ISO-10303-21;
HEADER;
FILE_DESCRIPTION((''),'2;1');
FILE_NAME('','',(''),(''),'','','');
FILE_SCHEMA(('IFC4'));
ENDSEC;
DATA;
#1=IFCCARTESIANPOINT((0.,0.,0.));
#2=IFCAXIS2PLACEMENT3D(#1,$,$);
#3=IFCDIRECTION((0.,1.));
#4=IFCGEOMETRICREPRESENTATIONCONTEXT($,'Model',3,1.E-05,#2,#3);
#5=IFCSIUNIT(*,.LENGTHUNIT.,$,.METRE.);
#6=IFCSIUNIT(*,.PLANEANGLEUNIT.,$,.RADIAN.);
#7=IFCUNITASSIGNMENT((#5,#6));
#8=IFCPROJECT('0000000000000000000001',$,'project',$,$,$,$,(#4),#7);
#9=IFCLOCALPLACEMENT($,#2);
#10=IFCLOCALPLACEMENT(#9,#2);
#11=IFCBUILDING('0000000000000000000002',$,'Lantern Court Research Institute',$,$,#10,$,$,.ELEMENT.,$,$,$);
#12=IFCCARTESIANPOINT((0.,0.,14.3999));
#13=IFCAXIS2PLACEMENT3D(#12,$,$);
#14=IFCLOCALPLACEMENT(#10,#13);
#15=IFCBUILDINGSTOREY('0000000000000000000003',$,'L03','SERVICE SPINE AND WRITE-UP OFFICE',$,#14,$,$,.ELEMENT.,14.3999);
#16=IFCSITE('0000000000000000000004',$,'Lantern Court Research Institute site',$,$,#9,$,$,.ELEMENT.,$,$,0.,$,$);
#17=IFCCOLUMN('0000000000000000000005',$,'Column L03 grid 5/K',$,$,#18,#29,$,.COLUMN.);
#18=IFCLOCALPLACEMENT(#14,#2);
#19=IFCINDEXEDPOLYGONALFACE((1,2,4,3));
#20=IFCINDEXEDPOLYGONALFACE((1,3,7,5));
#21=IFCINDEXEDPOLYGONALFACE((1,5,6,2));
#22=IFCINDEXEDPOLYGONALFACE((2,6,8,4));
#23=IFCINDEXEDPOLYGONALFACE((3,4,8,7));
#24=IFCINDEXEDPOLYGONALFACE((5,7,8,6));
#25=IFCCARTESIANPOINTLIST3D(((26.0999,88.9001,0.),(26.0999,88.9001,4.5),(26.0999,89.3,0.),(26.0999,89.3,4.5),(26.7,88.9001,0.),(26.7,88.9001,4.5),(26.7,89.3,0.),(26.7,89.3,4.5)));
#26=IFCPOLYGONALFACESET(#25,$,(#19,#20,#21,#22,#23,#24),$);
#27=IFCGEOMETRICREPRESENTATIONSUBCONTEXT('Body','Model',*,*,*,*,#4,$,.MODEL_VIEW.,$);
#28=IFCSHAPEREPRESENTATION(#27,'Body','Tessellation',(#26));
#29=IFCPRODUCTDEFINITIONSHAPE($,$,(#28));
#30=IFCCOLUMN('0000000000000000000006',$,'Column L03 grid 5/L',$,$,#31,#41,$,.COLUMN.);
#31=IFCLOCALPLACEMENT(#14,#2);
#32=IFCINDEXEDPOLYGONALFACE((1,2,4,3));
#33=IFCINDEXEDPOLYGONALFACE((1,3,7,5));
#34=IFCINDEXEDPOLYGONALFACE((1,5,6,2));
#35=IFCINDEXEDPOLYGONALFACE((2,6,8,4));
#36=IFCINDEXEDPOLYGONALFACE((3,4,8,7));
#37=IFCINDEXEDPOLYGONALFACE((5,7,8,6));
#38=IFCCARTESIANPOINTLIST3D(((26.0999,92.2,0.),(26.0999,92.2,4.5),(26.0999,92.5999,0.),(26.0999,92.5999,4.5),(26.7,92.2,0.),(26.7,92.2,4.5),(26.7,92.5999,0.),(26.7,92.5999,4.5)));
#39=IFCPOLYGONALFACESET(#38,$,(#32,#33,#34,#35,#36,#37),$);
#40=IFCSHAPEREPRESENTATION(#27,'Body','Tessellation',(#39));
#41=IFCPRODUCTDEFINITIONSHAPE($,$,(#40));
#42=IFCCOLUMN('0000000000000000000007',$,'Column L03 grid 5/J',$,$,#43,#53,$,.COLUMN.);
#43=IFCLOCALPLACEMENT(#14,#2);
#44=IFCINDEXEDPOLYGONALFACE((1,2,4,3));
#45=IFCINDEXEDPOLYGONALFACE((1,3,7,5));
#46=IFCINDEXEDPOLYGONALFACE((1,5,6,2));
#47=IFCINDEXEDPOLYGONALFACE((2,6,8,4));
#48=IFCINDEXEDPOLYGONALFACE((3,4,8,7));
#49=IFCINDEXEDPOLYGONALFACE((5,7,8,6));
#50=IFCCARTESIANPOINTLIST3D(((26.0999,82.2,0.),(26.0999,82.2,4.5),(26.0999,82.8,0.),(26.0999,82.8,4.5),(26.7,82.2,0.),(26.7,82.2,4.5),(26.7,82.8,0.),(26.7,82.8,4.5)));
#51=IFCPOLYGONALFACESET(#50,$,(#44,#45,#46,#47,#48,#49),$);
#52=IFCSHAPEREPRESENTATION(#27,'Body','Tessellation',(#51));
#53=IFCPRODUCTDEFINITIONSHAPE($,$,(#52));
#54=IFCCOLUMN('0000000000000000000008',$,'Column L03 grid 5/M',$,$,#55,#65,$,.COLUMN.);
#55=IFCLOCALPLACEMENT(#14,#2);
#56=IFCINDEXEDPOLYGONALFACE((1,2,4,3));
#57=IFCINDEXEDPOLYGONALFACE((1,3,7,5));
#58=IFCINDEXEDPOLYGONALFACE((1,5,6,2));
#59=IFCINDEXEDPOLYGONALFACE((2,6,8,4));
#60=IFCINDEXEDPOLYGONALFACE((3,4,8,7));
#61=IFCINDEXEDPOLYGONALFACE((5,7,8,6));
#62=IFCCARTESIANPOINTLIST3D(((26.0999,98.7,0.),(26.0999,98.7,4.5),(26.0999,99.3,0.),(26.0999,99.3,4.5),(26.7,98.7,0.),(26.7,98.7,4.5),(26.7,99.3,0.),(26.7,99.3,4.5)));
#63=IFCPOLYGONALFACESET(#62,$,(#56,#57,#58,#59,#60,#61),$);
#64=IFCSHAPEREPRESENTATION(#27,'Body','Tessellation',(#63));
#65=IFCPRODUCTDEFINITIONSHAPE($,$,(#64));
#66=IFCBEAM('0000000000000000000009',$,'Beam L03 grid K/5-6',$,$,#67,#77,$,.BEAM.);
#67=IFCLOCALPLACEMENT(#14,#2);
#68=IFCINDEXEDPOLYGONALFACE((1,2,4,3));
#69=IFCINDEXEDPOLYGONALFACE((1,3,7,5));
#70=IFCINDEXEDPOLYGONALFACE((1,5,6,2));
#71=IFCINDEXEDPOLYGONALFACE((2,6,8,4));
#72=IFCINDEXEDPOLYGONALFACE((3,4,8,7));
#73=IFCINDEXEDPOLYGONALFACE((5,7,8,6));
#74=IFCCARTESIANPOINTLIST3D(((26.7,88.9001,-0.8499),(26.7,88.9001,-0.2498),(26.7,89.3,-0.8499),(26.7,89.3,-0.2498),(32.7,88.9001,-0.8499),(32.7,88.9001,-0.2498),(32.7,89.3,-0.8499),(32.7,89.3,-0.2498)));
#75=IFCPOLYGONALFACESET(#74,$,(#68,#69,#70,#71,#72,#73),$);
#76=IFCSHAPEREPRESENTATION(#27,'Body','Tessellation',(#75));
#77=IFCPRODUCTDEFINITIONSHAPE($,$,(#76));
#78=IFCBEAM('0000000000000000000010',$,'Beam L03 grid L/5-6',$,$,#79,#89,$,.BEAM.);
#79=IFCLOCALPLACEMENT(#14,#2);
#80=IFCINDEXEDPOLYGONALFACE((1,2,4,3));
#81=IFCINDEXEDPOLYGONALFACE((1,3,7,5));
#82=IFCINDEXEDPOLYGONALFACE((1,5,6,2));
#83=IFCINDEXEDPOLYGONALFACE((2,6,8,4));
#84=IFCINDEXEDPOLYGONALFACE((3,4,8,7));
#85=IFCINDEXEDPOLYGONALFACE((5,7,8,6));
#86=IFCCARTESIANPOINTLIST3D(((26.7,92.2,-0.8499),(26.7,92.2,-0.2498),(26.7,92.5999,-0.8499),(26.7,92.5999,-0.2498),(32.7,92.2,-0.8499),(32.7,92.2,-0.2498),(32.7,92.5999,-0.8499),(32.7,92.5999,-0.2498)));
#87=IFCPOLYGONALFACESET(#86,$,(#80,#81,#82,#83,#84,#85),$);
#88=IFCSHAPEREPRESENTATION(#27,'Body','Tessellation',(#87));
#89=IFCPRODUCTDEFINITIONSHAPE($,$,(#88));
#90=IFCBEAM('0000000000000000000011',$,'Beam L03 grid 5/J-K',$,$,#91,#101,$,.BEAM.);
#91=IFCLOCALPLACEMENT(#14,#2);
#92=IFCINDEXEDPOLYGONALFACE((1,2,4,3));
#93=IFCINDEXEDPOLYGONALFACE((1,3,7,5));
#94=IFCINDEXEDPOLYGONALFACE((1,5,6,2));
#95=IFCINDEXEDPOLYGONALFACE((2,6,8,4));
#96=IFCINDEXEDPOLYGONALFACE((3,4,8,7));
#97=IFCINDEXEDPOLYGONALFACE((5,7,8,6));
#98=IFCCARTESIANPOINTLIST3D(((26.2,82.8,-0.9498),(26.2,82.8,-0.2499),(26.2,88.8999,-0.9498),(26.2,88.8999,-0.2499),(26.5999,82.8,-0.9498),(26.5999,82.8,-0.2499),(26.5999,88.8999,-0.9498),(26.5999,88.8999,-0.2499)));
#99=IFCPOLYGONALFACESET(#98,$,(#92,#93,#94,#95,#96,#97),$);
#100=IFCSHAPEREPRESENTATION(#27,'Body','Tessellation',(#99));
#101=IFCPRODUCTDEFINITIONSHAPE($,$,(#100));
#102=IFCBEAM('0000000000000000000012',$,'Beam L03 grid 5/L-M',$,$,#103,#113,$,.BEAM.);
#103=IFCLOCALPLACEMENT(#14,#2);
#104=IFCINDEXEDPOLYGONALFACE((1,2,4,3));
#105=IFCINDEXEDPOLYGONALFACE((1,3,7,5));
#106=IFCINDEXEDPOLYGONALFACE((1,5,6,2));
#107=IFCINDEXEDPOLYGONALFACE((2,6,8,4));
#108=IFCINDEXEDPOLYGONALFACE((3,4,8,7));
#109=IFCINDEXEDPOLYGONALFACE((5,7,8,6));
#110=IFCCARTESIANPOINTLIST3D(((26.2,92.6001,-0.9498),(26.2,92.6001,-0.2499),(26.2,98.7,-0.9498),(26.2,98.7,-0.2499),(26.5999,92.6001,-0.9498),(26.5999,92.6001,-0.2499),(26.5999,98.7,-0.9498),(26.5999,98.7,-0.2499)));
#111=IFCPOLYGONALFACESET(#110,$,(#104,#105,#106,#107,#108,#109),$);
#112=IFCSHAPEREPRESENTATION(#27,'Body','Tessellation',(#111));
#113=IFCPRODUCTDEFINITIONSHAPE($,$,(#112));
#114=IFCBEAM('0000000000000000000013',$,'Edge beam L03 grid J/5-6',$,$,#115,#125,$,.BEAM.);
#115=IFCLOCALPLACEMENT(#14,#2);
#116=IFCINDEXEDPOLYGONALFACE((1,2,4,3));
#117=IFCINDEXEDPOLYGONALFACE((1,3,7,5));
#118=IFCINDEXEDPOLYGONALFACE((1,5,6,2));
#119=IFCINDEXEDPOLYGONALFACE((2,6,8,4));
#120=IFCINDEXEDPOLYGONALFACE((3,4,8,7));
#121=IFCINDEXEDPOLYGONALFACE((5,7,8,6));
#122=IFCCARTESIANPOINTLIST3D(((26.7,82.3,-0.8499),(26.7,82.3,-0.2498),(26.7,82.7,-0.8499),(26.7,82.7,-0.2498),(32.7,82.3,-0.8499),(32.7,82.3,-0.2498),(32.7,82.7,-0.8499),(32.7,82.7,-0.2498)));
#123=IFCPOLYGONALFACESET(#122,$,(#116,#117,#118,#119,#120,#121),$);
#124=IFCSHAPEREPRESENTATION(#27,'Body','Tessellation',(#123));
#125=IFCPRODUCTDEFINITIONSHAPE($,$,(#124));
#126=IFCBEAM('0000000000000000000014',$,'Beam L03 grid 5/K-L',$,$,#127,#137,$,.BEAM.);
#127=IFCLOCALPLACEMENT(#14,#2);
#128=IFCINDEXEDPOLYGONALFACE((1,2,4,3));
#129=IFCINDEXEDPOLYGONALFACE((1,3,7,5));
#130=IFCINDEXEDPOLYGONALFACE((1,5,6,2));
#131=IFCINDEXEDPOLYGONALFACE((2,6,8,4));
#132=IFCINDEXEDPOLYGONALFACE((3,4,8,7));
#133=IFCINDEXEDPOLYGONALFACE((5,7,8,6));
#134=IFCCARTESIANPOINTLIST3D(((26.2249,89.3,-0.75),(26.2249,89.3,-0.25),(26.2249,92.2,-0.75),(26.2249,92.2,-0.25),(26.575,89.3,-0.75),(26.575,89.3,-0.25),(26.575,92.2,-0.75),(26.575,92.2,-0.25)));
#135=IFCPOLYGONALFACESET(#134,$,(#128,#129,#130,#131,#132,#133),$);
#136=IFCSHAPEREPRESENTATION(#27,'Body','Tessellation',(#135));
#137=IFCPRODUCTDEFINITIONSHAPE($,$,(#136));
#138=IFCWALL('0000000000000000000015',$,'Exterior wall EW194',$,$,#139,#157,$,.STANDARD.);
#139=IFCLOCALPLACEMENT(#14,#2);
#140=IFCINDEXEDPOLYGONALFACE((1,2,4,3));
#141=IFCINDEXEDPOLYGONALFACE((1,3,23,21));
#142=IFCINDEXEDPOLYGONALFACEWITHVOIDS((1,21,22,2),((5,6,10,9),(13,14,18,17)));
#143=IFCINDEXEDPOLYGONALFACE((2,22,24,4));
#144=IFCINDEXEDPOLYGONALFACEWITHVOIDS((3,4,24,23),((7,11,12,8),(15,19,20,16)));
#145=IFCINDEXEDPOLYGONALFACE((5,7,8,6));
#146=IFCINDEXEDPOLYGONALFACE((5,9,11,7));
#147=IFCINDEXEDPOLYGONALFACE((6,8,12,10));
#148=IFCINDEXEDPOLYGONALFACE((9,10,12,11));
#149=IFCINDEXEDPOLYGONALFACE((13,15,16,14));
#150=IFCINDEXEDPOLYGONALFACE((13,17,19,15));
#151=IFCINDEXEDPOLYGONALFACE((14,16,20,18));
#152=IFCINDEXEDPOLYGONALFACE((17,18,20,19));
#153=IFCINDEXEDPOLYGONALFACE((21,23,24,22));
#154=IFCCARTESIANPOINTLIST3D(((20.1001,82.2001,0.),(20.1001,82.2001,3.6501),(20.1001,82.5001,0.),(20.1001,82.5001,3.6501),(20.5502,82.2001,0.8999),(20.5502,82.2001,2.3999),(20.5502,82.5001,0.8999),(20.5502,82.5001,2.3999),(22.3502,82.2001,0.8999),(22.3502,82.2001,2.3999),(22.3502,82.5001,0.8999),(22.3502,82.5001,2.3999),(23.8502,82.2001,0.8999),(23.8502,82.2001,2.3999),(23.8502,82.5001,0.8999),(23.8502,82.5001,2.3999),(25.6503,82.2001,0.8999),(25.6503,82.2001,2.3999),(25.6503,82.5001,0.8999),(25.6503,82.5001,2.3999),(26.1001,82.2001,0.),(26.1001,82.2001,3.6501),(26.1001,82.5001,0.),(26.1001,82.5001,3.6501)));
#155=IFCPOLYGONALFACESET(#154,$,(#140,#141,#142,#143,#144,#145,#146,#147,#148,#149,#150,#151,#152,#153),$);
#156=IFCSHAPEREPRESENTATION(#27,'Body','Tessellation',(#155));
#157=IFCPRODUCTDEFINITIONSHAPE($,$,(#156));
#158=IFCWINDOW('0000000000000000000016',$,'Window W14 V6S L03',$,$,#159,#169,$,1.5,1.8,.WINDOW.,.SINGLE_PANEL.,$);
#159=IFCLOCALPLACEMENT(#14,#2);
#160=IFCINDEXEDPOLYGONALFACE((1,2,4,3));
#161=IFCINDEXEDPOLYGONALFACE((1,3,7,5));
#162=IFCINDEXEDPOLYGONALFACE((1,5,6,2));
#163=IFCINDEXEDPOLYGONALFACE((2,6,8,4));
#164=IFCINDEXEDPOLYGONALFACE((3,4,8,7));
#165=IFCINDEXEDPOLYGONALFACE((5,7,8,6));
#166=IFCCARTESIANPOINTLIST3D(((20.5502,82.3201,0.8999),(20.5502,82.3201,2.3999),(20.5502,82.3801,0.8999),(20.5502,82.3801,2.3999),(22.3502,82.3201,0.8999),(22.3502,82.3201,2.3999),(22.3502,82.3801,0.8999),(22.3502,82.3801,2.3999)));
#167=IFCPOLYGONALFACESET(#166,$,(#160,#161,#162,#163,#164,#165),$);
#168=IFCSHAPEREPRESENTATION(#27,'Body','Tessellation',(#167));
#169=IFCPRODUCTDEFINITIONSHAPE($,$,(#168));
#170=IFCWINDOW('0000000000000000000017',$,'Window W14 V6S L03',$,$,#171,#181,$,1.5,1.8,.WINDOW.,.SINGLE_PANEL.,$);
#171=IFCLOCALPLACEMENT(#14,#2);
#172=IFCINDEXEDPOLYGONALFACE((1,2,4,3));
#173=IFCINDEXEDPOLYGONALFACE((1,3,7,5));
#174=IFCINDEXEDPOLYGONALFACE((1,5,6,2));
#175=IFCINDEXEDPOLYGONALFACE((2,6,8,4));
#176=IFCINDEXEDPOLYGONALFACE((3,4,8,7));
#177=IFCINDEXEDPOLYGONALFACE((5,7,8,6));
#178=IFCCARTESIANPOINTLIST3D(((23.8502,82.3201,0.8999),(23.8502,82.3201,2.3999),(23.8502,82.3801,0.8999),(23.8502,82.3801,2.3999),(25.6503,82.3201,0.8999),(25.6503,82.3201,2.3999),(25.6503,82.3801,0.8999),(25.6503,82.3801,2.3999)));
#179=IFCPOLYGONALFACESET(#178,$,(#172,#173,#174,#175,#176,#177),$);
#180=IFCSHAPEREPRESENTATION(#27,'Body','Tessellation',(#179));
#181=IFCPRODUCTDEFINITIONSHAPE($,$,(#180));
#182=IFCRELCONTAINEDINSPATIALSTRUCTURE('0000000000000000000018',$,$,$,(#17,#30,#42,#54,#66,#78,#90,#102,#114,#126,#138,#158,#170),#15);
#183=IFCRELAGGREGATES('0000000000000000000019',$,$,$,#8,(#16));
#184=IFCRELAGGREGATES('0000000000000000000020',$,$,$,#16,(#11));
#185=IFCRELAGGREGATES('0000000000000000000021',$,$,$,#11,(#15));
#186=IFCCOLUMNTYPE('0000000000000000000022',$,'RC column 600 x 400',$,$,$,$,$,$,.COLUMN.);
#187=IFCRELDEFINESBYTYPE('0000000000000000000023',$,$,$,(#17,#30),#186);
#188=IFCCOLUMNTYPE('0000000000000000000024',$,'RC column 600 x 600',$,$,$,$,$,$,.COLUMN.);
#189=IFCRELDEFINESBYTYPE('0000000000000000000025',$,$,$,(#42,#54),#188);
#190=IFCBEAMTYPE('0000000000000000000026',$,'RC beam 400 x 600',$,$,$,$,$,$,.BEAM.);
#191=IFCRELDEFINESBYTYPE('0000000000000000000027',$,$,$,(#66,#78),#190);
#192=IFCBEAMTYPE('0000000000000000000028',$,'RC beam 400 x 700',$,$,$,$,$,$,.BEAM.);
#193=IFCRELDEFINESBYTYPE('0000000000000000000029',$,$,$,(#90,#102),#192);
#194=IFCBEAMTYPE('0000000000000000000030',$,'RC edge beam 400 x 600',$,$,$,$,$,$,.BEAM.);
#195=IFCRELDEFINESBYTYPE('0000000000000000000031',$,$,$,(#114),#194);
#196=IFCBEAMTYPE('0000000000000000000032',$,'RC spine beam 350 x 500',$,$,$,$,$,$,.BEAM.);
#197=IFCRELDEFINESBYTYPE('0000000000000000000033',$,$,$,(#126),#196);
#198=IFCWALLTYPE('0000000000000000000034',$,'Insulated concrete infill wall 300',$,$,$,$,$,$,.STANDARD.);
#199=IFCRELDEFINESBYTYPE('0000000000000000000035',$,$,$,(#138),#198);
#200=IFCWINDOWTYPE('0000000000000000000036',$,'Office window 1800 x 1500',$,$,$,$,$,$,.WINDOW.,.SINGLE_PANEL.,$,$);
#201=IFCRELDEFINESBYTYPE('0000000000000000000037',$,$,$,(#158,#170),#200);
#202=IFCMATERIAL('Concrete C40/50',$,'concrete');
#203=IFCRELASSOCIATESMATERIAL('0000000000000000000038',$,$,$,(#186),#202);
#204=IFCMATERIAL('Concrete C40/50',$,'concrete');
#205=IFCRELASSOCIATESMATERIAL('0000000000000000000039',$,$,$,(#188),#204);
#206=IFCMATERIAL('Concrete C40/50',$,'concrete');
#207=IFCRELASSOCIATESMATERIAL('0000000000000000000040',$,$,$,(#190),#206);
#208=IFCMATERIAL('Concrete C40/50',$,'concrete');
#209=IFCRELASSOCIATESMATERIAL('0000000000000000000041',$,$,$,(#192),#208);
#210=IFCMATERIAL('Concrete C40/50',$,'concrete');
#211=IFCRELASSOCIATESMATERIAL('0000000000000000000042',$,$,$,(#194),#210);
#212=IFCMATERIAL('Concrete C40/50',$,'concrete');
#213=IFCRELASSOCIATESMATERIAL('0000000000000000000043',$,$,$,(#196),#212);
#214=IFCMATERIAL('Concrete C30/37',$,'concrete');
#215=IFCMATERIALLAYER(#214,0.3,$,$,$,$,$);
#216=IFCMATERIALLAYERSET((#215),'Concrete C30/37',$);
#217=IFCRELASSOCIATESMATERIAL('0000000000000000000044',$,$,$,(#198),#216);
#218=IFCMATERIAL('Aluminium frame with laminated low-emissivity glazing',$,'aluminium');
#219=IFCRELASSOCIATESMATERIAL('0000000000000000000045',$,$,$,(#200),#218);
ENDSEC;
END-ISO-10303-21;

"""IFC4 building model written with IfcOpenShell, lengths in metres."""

from ifc_helpers import new_model, si_unit, direction, frame, frame_2d, origin, origin_2d, place, context, subcontext, project, spatial, rectangle, extrude, material, layer, layer_set, material_profile, profile_set, type_object, element, fill, save


model = new_model("IFC4")

# Units and contexts
model_context = context("Model", 3, precision=1e-05, world=origin(), true_north=direction((0.0, 1.0)))
body_context = subcontext(model_context, "Body", "Model", "MODEL_VIEW")
ifc_project = project(units=[si_unit("LENGTHUNIT", "METRE"), si_unit("PLANEANGLEUNIT", "RADIAN")], contexts=[model_context])

# Site, building, storey
site_placement = place(None, origin())
site = spatial("IfcSite", under=ifc_project, at=site_placement, Name="Lantern Court Research Institute site", CompositionType="ELEMENT", RefElevation=0.0)
building_placement = place(site_placement, origin())
building = spatial("IfcBuilding", under=site, at=building_placement, Name="Lantern Court Research Institute", CompositionType="ELEMENT")
storey_placement = place(building_placement, frame((0.0, 0.0, 14.3999)))
storey = spatial("IfcBuildingStorey", under=building, at=storey_placement, Name="L03", Description="SERVICE SPINE AND WRITE-UP OFFICE", CompositionType="ELEMENT", Elevation=14.3999)

# Columns
ifc_material_1 = material(Name="Concrete C40/50", Category="concrete")
ifc_material_profile_1 = material_profile(ifc_material_1, rectangle(XDim=0.6001, YDim=0.3999, at=origin_2d()), Name="RC column 600 x 400")
ifc_profile_set_1 = profile_set([ifc_material_profile_1], Name="Concrete C40/50")
column_type_1 = type_object("IfcColumnType", Name="RC column 600 x 400", PredefinedType="COLUMN", material=ifc_profile_set_1)
for number, where, z_axis, x_axis, name in (
    (1, (26.3999, 89.1001, 0.0), (0.0, 0.0, 1.0), (1.0, 0.0, 0.0), "Column L03 grid 5/K"),
    (2, (26.3999, 92.3999, 0.0), (0.0, 0.0, 1.0), (1.0, 0.0, 0.0), "Column L03 grid 5/L"),
):
    element("IfcColumn", number, at=place(storey_placement, frame(where, z_axis=z_axis, x_axis=x_axis)), inside=storey, type_object=column_type_1, Name=name, PredefinedType="COLUMN", context=body_context, shape_type="SweptSolid", body=[
        extrude(rectangle(XDim=0.6001, YDim=0.3999, at=origin_2d()), origin(), (0.0, 0.0, 1.0), 4.5),
    ])
ifc_material_2 = material(Name="Concrete C40/50", Category="concrete")
ifc_material_profile_2 = material_profile(ifc_material_2, rectangle(XDim=0.6001, YDim=0.6001, at=origin_2d()), Name="RC column 600 x 600")
ifc_profile_set_2 = profile_set([ifc_material_profile_2], Name="Concrete C40/50")
column_type_2 = type_object("IfcColumnType", Name="RC column 600 x 600", PredefinedType="COLUMN", material=ifc_profile_set_2)
for number, where, z_axis, x_axis, name in (
    (3, (26.3999, 82.5, 0.0), (0.0, 0.0, 1.0), (1.0, 0.0, 0.0), "Column L03 grid 5/J"),
    (4, (26.3999, 99.0, 0.0), (0.0, 0.0, 1.0), (1.0, 0.0, 0.0), "Column L03 grid 5/M"),
):
    element("IfcColumn", number, at=place(storey_placement, frame(where, z_axis=z_axis, x_axis=x_axis)), inside=storey, type_object=column_type_2, Name=name, PredefinedType="COLUMN", context=body_context, shape_type="SweptSolid", body=[
        extrude(rectangle(XDim=0.6001, YDim=0.6001, at=origin_2d()), origin(), (0.0, 0.0, 1.0), 4.5),
    ])

# Beams
ifc_material_3 = material(Name="Concrete C40/50", Category="concrete")
ifc_material_profile_3 = material_profile(ifc_material_3, rectangle(XDim=0.3999, YDim=0.6001, at=origin_2d()), Name="RC beam 400 x 600")
ifc_profile_set_3 = profile_set([ifc_material_profile_3], Name="Concrete C40/50")
beam_type_1 = type_object("IfcBeamType", Name="RC beam 400 x 600", PredefinedType="BEAM", material=ifc_profile_set_3)
for number, where, z_axis, x_axis, name in (
    (5, (26.7, 89.1001, -0.5498), (1.0, 0.0, 0.0), (0.0, 1.0, 0.0), "Beam L03 grid K/5-6"),
    (6, (26.7, 92.3999, -0.5498), (1.0, 0.0, 0.0), (0.0, 1.0, 0.0), "Beam L03 grid L/5-6"),
):
    element("IfcBeam", number, at=place(storey_placement, frame(where, z_axis=z_axis, x_axis=x_axis)), inside=storey, type_object=beam_type_1, Name=name, PredefinedType="BEAM", context=body_context, shape_type="SweptSolid", body=[
        extrude(rectangle(XDim=0.3999, YDim=0.6001, at=origin_2d()), origin(), (0.0, 0.0, 1.0), 6.0),
    ])
ifc_material_4 = material(Name="Concrete C40/50", Category="concrete")
ifc_material_profile_4 = material_profile(ifc_material_4, rectangle(XDim=0.3999, YDim=0.7, at=origin_2d()), Name="RC beam 400 x 700")
ifc_profile_set_4 = profile_set([ifc_material_profile_4], Name="Concrete C40/50")
beam_type_2 = type_object("IfcBeamType", Name="RC beam 400 x 700", PredefinedType="BEAM", material=ifc_profile_set_4)
for number, where, z_axis, x_axis, name in (
    (7, (26.3999, 82.8, -0.5999), (0.0, 1.0, 0.0), (-1.0, 0.0, 0.0), "Beam L03 grid 5/J-K"),
    (8, (26.3999, 92.6001, -0.5999), (0.0, 1.0, 0.0), (-1.0, 0.0, 0.0), "Beam L03 grid 5/L-M"),
):
    element("IfcBeam", number, at=place(storey_placement, frame(where, z_axis=z_axis, x_axis=x_axis)), inside=storey, type_object=beam_type_2, Name=name, PredefinedType="BEAM", context=body_context, shape_type="SweptSolid", body=[
        extrude(rectangle(XDim=0.3999, YDim=0.7, at=origin_2d()), origin(), (0.0, 0.0, 1.0), 6.0999),
    ])
ifc_material_5 = material(Name="Concrete C40/50", Category="concrete")
ifc_material_profile_5 = material_profile(ifc_material_5, rectangle(XDim=0.3999, YDim=0.6001, at=origin_2d()), Name="RC beam 400 x 600")
ifc_profile_set_5 = profile_set([ifc_material_profile_5], Name="Concrete C40/50")
beam_type_3 = type_object("IfcBeamType", Name="RC edge beam 400 x 600", PredefinedType="BEAM", material=ifc_profile_set_5)
beam_1_placement = place(storey_placement, frame((26.7, 82.5, -0.5498), z_axis=(1.0, 0.0, 0.0), x_axis=(0.0, 1.0, 0.0)))
element("IfcBeam", 9, at=beam_1_placement, inside=storey, type_object=beam_type_3, Name="Edge beam L03 grid J/5-6", PredefinedType="BEAM", context=body_context, shape_type="SweptSolid", body=[
    extrude(rectangle(XDim=0.3999, YDim=0.6001, at=origin_2d()), origin(), (0.0, 0.0, 1.0), 6.0),
])
ifc_material_6 = material(Name="Concrete C40/50", Category="concrete")
ifc_material_profile_6 = material_profile(ifc_material_6, rectangle(XDim=0.3501, YDim=0.5, at=origin_2d()), Name="RC beam 350 x 500")
ifc_profile_set_6 = profile_set([ifc_material_profile_6], Name="Concrete C40/50")
beam_type_4 = type_object("IfcBeamType", Name="RC spine beam 350 x 500", PredefinedType="BEAM", material=ifc_profile_set_6)
beam_2_placement = place(storey_placement, frame((26.3999, 89.3, -0.5), z_axis=(0.0, 1.0, 0.0), x_axis=(-1.0, 0.0, 0.0)))
element("IfcBeam", 10, at=beam_2_placement, inside=storey, type_object=beam_type_4, Name="Beam L03 grid 5/K-L", PredefinedType="BEAM", context=body_context, shape_type="SweptSolid", body=[
    extrude(rectangle(XDim=0.3501, YDim=0.5, at=origin_2d()), origin(), (0.0, 0.0, 1.0), 2.8999),
])

# Wall, openings, windows
ifc_material_7 = material(Name="Concrete C30/37", Category="concrete")
ifc_layer_1 = layer(ifc_material_7, 0.3)
ifc_layer_set_1 = layer_set([ifc_layer_1], Name="Concrete C30/37")
wall_type_1 = type_object("IfcWallType", Name="Insulated concrete infill wall 300", PredefinedType="STANDARD", material=ifc_layer_set_1)
wall_1_placement = place(storey_placement, frame((26.1001, 82.3501, 0.0), z_axis=(0.0, 0.0, 1.0), x_axis=(-1.0, 0.0, 0.0)))
wall_1 = element("IfcWall", 11, at=wall_1_placement, inside=storey, type_object=wall_type_1, Name="Exterior wall EW194", PredefinedType="STANDARD", context=body_context, shape_type="SweptSolid", body=[
    extrude(rectangle(XDim=6.0, YDim=0.3, at=frame_2d((3.0, 0.0))), origin(), (0.0, 0.0, 1.0), 3.6501),
])
opening_1_placement = place(wall_1_placement, frame((3.75, 0.0, 0.8999)))
opening_1 = element("IfcOpeningElement", 12, at=opening_1_placement, cuts=wall_1, PredefinedType="OPENING", context=body_context, shape_type="SweptSolid", body=[
    extrude(rectangle(XDim=1.8, YDim=1.5, at=frame_2d((0.8999, 0.75))), frame((0.0, 0.1599, 0.0), z_axis=(0.0, -1.0, 0.0), x_axis=(1.0, 0.0, 0.0)), (0.0, 0.0, 1.0), 0.3201),
])
opening_2_placement = place(wall_1_placement, frame((0.45, 0.0, 0.8999)))
opening_2 = element("IfcOpeningElement", 13, at=opening_2_placement, cuts=wall_1, PredefinedType="OPENING", context=body_context, shape_type="SweptSolid", body=[
    extrude(rectangle(XDim=1.8, YDim=1.5, at=frame_2d((0.8999, 0.75))), frame((0.0, 0.1599, 0.0), z_axis=(0.0, -1.0, 0.0), x_axis=(1.0, 0.0, 0.0)), (0.0, 0.0, 1.0), 0.3201),
])
ifc_material_8 = material(Name="Aluminium frame with laminated low-emissivity glazing", Category="aluminium")
window_type = type_object("IfcWindowType", Name="Office window 1800 x 1500", PartitioningType="SINGLE_PANEL", PredefinedType="WINDOW", material=ifc_material_8)
window_1_placement = place(opening_1_placement, origin())
window_1 = element("IfcWindow", 14, at=window_1_placement, inside=storey, type_object=window_type, Name="Window W14 V6S L03", OverallHeight=1.5, OverallWidth=1.8, PartitioningType="SINGLE_PANEL", PredefinedType="WINDOW", context=body_context, shape_type="SweptSolid", body=[
    extrude(rectangle(XDim=1.8, YDim=1.5, at=frame_2d((0.8999, 0.75))), frame((0.0, 0.03, 0.0), z_axis=(0.0, -1.0, 0.0), x_axis=(1.0, 0.0, 0.0)), (0.0, 0.0, 1.0), 0.0601),
])
fill(opening_1, window_1)
window_2_placement = place(opening_2_placement, origin())
window_2 = element("IfcWindow", 15, at=window_2_placement, inside=storey, type_object=window_type, Name="Window W14 V6S L03", OverallHeight=1.5, OverallWidth=1.8, PartitioningType="SINGLE_PANEL", PredefinedType="WINDOW", context=body_context, shape_type="SweptSolid", body=[
    extrude(rectangle(XDim=1.8, YDim=1.5, at=frame_2d((0.8999, 0.75))), frame((0.0, 0.03, 0.0), z_axis=(0.0, -1.0, 0.0), x_axis=(1.0, 0.0, 0.0)), (0.0, 0.0, 1.0), 0.0601),
])
fill(opening_2, window_2)

save(model, "model.ifc")
